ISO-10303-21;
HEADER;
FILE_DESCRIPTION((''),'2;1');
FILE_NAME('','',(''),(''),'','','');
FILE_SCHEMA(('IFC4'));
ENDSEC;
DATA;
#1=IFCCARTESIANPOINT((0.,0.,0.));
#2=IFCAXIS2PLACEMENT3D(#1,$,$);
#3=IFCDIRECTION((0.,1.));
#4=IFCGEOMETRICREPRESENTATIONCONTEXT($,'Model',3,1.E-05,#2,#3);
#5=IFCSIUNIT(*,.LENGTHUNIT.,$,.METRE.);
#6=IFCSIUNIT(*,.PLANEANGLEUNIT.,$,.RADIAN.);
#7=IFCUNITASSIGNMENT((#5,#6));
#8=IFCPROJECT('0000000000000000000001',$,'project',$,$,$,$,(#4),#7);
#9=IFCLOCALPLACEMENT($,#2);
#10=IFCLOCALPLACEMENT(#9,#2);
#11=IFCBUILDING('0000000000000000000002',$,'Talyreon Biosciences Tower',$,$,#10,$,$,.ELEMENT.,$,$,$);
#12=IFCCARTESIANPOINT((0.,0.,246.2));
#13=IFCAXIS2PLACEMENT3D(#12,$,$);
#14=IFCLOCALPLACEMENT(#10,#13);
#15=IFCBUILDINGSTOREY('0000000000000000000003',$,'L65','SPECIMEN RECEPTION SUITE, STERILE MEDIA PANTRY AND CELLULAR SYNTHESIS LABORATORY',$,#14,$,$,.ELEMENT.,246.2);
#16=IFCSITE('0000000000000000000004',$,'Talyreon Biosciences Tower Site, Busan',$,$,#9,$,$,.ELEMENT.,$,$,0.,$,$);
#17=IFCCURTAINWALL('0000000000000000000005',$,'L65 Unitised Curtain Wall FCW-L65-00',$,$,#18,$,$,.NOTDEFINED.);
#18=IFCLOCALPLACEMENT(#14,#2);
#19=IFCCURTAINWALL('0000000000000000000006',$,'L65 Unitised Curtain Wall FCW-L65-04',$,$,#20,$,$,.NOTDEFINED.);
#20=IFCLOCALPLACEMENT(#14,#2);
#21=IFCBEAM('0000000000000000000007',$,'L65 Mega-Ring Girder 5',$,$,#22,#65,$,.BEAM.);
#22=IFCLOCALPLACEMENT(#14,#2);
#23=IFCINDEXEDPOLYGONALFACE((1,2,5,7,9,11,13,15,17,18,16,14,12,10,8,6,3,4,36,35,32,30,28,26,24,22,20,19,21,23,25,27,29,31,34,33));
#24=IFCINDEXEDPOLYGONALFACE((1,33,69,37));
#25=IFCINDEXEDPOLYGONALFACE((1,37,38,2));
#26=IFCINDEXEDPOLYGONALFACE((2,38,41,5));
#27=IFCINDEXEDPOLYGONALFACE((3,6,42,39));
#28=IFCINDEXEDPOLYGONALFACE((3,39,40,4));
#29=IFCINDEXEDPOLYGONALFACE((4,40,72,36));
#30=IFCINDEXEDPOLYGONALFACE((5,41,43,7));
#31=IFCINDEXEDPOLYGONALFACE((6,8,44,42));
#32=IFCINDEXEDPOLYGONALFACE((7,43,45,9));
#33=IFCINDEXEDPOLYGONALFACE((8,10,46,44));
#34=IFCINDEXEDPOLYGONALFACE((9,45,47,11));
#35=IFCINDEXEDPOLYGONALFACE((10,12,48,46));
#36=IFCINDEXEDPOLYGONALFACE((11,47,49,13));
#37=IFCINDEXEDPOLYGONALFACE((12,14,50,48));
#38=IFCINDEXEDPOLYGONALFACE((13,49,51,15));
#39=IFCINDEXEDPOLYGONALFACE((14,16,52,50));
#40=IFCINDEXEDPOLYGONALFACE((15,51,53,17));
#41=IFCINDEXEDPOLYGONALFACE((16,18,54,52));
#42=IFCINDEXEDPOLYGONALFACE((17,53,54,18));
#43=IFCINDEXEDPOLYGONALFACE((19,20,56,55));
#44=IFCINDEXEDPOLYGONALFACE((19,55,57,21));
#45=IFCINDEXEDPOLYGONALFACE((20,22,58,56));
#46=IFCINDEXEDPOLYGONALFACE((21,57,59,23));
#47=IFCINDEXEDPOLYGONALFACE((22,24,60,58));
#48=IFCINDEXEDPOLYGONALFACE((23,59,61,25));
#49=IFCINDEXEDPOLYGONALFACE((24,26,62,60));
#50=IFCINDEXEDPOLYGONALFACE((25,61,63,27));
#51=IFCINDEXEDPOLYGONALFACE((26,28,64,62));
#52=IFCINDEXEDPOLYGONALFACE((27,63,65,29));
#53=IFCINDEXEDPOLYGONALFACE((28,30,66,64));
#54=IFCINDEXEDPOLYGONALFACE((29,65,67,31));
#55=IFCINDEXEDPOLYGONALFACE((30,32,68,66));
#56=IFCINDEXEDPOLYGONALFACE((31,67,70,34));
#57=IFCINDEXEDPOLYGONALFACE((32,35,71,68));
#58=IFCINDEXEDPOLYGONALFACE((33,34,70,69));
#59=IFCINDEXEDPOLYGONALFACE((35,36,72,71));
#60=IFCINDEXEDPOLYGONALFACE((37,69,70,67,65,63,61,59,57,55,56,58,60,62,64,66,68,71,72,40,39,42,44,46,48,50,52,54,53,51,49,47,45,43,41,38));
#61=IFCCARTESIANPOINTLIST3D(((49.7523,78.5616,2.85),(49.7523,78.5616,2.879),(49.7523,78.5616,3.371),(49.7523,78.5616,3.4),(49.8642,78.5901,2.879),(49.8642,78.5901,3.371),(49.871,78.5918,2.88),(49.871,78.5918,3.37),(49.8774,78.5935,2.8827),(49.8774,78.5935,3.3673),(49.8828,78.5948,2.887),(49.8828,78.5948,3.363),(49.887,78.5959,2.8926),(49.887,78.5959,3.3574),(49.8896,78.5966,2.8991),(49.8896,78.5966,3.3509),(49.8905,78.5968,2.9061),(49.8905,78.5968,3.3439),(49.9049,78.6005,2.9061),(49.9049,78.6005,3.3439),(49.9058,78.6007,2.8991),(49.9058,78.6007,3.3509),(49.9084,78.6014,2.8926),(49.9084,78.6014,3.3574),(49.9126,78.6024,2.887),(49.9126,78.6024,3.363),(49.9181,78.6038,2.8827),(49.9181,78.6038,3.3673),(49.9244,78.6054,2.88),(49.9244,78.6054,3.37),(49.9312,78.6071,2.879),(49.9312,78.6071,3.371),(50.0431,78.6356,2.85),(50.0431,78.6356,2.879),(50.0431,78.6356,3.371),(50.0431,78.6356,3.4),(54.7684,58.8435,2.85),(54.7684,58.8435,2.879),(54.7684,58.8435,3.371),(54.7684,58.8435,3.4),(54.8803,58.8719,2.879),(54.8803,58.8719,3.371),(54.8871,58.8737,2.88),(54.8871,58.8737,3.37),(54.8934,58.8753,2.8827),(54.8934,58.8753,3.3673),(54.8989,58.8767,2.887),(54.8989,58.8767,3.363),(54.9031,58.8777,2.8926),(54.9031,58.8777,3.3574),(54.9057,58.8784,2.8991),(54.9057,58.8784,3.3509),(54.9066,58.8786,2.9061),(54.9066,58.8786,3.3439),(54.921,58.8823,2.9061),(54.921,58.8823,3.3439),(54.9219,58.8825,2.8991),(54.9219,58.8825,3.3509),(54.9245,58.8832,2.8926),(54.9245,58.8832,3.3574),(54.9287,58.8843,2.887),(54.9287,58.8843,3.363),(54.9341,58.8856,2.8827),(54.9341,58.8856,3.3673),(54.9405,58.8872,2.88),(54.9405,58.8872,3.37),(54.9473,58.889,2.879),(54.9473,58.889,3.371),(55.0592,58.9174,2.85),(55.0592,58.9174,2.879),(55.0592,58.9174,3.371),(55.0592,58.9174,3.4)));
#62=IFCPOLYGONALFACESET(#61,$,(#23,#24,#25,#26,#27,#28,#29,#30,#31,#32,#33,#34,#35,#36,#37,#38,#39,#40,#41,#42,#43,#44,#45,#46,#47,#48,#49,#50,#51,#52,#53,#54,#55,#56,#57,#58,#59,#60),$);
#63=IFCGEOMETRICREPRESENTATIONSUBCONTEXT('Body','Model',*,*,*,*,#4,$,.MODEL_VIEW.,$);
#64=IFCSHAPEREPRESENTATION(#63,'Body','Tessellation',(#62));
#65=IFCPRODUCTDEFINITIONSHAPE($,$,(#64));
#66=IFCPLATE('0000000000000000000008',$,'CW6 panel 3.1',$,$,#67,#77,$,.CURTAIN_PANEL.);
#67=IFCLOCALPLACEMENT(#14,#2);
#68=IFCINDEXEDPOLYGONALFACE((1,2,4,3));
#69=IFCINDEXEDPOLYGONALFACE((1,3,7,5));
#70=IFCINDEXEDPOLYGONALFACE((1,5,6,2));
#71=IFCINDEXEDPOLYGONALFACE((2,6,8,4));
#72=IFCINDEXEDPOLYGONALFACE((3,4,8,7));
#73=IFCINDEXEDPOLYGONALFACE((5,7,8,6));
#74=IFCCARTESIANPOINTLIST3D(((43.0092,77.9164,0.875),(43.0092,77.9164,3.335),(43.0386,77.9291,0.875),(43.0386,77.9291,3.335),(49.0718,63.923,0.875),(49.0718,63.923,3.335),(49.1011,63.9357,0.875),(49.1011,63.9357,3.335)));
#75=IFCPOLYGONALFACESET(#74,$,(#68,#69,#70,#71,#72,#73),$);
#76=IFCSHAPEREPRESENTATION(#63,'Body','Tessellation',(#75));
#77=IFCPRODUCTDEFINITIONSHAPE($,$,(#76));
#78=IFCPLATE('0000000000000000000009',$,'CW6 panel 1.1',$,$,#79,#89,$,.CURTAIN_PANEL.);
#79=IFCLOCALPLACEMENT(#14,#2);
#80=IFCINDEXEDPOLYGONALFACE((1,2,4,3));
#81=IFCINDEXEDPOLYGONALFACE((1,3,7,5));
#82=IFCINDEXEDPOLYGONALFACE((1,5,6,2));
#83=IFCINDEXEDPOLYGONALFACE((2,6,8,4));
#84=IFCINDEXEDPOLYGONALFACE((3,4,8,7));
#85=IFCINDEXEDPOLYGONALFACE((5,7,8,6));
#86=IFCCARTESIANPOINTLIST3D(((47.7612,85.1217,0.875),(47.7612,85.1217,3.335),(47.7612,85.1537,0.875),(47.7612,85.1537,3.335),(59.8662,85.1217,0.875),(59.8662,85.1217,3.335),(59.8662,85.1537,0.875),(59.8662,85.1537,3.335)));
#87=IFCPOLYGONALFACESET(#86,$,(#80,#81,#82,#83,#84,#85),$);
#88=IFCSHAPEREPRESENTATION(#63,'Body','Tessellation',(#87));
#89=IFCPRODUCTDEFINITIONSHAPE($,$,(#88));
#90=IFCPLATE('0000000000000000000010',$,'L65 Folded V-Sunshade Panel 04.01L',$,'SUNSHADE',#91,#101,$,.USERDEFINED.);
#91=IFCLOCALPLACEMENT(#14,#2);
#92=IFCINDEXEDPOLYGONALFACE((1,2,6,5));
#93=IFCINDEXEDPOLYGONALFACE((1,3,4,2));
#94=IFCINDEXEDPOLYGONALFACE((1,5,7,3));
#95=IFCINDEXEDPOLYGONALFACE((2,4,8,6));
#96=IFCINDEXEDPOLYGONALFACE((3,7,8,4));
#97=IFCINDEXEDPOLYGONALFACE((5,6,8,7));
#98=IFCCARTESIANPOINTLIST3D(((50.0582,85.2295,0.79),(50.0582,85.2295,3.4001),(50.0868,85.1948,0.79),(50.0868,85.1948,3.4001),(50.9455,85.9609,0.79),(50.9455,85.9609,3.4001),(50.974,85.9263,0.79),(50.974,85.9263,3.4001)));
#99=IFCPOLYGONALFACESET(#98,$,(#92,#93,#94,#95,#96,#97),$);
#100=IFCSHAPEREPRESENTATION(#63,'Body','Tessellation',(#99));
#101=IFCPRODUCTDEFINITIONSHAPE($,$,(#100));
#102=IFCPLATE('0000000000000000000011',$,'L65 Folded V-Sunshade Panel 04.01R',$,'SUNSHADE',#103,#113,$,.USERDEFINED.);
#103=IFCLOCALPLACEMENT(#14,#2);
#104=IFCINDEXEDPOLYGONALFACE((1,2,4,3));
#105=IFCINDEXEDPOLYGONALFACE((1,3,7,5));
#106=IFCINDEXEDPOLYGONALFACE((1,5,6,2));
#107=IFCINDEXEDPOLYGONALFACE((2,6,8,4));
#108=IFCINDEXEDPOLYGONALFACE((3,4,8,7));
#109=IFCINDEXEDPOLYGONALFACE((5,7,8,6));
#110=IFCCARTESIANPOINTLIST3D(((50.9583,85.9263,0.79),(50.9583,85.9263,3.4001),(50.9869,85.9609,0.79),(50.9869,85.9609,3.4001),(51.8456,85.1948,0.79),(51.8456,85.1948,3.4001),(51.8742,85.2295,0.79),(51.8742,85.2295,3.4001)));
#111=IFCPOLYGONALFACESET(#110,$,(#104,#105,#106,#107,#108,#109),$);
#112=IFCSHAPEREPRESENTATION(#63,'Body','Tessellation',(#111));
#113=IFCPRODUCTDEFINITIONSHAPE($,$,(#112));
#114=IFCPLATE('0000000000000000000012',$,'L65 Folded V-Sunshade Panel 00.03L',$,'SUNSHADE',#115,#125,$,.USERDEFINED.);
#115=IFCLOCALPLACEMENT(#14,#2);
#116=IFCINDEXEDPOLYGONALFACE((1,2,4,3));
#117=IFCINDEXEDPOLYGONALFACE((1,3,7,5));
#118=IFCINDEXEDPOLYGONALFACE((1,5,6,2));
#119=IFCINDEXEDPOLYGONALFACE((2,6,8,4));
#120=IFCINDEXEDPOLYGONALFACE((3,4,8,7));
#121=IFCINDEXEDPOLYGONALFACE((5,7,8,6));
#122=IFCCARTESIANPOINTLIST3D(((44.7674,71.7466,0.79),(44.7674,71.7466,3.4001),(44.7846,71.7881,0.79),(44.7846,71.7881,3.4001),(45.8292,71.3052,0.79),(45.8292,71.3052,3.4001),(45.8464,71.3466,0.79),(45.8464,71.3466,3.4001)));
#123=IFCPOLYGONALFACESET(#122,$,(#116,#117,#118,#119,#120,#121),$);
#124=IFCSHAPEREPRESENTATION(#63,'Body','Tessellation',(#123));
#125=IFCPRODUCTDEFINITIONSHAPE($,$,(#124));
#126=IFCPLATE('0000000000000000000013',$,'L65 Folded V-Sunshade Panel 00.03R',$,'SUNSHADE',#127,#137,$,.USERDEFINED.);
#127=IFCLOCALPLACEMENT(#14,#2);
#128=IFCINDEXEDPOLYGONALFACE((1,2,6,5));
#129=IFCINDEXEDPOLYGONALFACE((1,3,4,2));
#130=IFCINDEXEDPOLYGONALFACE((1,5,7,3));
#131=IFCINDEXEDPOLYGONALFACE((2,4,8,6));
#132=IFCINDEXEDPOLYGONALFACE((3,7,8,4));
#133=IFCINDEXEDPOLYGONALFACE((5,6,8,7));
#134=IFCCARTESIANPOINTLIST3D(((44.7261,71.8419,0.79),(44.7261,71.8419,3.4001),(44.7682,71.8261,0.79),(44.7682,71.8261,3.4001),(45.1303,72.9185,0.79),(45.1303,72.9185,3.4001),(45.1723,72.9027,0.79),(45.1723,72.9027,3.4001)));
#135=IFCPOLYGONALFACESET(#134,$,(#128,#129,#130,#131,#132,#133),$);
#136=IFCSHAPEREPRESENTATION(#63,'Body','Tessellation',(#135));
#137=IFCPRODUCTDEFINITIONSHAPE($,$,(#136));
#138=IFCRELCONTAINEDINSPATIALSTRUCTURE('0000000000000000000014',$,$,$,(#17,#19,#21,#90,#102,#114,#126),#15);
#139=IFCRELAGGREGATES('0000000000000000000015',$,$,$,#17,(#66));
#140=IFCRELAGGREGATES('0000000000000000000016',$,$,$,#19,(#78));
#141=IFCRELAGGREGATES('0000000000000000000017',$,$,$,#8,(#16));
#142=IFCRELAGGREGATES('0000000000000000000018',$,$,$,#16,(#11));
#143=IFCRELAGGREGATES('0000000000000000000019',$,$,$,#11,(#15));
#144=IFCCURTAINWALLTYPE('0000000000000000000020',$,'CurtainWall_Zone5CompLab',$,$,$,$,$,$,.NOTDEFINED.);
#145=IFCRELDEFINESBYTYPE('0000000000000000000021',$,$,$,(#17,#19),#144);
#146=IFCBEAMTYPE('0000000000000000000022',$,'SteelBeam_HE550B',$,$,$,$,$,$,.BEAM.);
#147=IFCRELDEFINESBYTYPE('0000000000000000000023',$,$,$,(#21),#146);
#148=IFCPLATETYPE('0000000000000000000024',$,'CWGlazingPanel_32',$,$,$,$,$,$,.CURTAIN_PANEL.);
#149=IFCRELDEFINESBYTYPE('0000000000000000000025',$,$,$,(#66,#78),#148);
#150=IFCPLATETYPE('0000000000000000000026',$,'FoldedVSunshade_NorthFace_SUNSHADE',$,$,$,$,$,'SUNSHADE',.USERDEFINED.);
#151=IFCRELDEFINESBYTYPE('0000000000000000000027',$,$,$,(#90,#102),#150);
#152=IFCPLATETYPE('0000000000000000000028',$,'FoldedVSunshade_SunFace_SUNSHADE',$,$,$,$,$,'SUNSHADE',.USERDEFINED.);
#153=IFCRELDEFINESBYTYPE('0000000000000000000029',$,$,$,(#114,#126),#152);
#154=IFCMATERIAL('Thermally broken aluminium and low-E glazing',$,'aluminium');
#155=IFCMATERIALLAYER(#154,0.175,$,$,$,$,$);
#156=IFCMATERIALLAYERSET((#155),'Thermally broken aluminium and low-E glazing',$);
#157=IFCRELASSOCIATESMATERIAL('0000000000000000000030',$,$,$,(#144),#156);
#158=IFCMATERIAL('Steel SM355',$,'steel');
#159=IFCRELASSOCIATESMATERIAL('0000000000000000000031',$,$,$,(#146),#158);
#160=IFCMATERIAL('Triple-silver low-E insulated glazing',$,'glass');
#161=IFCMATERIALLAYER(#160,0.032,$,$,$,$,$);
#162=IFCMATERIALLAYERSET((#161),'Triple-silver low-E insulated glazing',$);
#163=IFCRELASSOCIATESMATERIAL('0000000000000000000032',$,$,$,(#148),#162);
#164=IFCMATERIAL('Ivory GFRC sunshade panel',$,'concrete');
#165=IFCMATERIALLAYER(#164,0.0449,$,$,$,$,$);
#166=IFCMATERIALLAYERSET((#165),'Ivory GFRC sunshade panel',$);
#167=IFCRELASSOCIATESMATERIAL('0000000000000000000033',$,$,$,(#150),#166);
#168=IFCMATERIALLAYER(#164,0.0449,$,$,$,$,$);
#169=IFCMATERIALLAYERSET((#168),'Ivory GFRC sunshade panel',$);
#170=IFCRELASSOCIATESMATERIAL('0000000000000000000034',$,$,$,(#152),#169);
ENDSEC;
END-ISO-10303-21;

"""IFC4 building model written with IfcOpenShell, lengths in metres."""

from ifc_helpers import new_model, si_unit, direction, frame, origin, origin_2d, place, context, subcontext, project, spatial, rectangle, i_section, extrude, material, layer, layer_set, material_profile, profile_set, type_object, element, aggregate, save


model = new_model("IFC4")

# Units and contexts
model_context = context("Model", 3, precision=1e-05, world=origin(), true_north=direction((0.0, 1.0)))
body_context = subcontext(model_context, "Body", "Model", "MODEL_VIEW")
ifc_project = project(units=[si_unit("LENGTHUNIT", "METRE"), si_unit("PLANEANGLEUNIT", "RADIAN")], contexts=[model_context])

# Site, building, storey
site_placement = place(None, origin())
site = spatial("IfcSite", under=ifc_project, at=site_placement, Name="Talyreon Biosciences Tower Site, Busan", CompositionType="ELEMENT", RefElevation=0.0)
building_placement = place(site_placement, origin())
building = spatial("IfcBuilding", under=site, at=building_placement, Name="Talyreon Biosciences Tower", CompositionType="ELEMENT")
storey_placement = place(building_placement, frame((0.0, 0.0, 246.2)))
storey = spatial("IfcBuildingStorey", under=building, at=storey_placement, Name="L65", Description="SPECIMEN RECEPTION SUITE, STERILE MEDIA PANTRY AND CELLULAR SYNTHESIS LABORATORY", CompositionType="ELEMENT", Elevation=246.2)

# Curtain walls
ifc_material_1 = material(Name="Thermally broken aluminium and low-E glazing", Category="aluminium")
ifc_layer_1 = layer(ifc_material_1, 0.175)
ifc_layer_set_1 = layer_set([ifc_layer_1], Name="Thermally broken aluminium and low-E glazing")
curtain_wall_type = type_object("IfcCurtainWallType", Name="CurtainWall_Zone5CompLab", PredefinedType="NOTDEFINED", material=ifc_layer_set_1)
curtain_wall_1_placement = place(storey_placement, origin())
curtain_wall_1 = element("IfcCurtainWall", 1, at=curtain_wall_1_placement, inside=storey, type_object=curtain_wall_type, Name="L65 Unitised Curtain Wall FCW-L65-00", PredefinedType="NOTDEFINED")
curtain_wall_2_placement = place(storey_placement, origin())
curtain_wall_2 = element("IfcCurtainWall", 2, at=curtain_wall_2_placement, inside=storey, type_object=curtain_wall_type, Name="L65 Unitised Curtain Wall FCW-L65-04", PredefinedType="NOTDEFINED")

# Beam
ifc_material_2 = material(Name="Steel SM355", Category="steel")
ifc_material_profile_1 = material_profile(ifc_material_2, i_section(OverallWidth=0.3, OverallDepth=0.55, WebThickness=0.0149, FlangeThickness=0.0291, FilletRadius=0.0271, at=origin_2d()), Name="HE550B")
ifc_profile_set_1 = profile_set([ifc_material_profile_1], Name="Steel SM355")
beam_type_1 = type_object("IfcBeamType", Name="SteelBeam_HE550B", PredefinedType="BEAM", material=ifc_profile_set_1)
beam_1_placement = place(storey_placement, frame((49.8977, 78.5986, 3.125), z_axis=(0.246537, -0.969133, 0.0), x_axis=(0.969133, 0.246537, 0.0)))
element("IfcBeam", 3, at=beam_1_placement, inside=storey, type_object=beam_type_1, Name="L65 Mega-Ring Girder 5", PredefinedType="BEAM", context=body_context, shape_type="SweptSolid", body=[
    extrude(i_section(OverallWidth=0.3, OverallDepth=0.55, WebThickness=0.0149, FlangeThickness=0.0291, FilletRadius=0.0271, at=origin_2d()), origin(), (0.0, 0.0, 1.0), 20.3462),
])

# Plates
ifc_material_3 = material(Name="Triple-silver low-E insulated glazing", Category="glass")
ifc_layer_2 = layer(ifc_material_3, 0.032)
ifc_layer_set_2 = layer_set([ifc_layer_2], Name="Triple-silver low-E insulated glazing")
plate_type_1 = type_object("IfcPlateType", Name="CWGlazingPanel_32", PredefinedType="CURTAIN_PANEL", material=ifc_layer_set_2)
plate_1_placement = place(storey_placement, frame((46.0552, 70.926, 0.875), z_axis=(0.0, 0.0, 1.0), x_axis=(-0.397537, 0.917586, 0.0)))
plate_1 = element("IfcPlate", 4, at=plate_1_placement, type_object=plate_type_1, Name="CW6 panel 3.1", PredefinedType="CURTAIN_PANEL", context=body_context, shape_type="SweptSolid", body=[
    extrude(rectangle(XDim=15.2502, YDim=0.032, at=origin_2d()), origin(), (0.0, 0.0, 1.0), 2.46),
])
aggregate(curtain_wall_1, [plate_1])
plate_2_placement = place(storey_placement, frame((53.8137, 85.1377, 0.875), z_axis=(0.0, 0.0, 1.0), x_axis=(1.0, 0.0, 0.0)))
plate_2 = element("IfcPlate", 5, at=plate_2_placement, type_object=plate_type_1, Name="CW6 panel 1.1", PredefinedType="CURTAIN_PANEL", context=body_context, shape_type="SweptSolid", body=[
    extrude(rectangle(XDim=12.105, YDim=0.032, at=origin_2d()), origin(), (0.0, 0.0, 1.0), 2.46),
])
aggregate(curtain_wall_2, [plate_2])

# Plates
ifc_material_4 = material(Name="Ivory GFRC sunshade panel", Category="concrete")
ifc_layer_3 = layer(ifc_material_4, 0.0449)
ifc_layer_set_3 = layer_set([ifc_layer_3], Name="Ivory GFRC sunshade panel")
plate_type_2 = type_object("IfcPlateType", Name="FoldedVSunshade_NorthFace_SUNSHADE", ElementType="SUNSHADE", PredefinedType="USERDEFINED", material=ifc_layer_set_3)
for number, where, z_axis, x_axis, name in (
    (6, (50.5161, 85.5779, 0.79), (0.0, 0.0, 1.0), (0.771625, 0.636078, 0.0), "L65 Folded V-Sunshade Panel 04.01L"),
    (7, (51.4163, 85.5779, 0.79), (0.0, 0.0, 1.0), (0.771625, -0.636078, 0.0), "L65 Folded V-Sunshade Panel 04.01R"),
):
    element("IfcPlate", number, at=place(storey_placement, frame(where, z_axis=z_axis, x_axis=x_axis)), inside=storey, type_object=plate_type_2, Name=name, ObjectType="SUNSHADE", PredefinedType="USERDEFINED", context=body_context, shape_type="SweptSolid", body=[
        extrude(rectangle(XDim=1.1499, YDim=0.0449, at=origin_2d()), origin(), (0.0, 0.0, 1.0), 2.6101),
    ])
ifc_layer_4 = layer(ifc_material_4, 0.0449)
ifc_layer_set_4 = layer_set([ifc_layer_4], Name="Ivory GFRC sunshade panel")
plate_type_3 = type_object("IfcPlateType", Name="FoldedVSunshade_SunFace_SUNSHADE", ElementType="SUNSHADE", PredefinedType="USERDEFINED", material=ifc_layer_set_4)
for number, where, z_axis, x_axis, name in (
    (8, (45.3069, 71.5466, 0.79), (0.0, 0.0, 1.0), (-0.923371, 0.383909, 0.0), "L65 Folded V-Sunshade Panel 00.03L"),
    (9, (44.9492, 72.3723, 0.79), (0.0, 0.0, 1.0), (0.35145, 0.936207, 0.0), "L65 Folded V-Sunshade Panel 00.03R"),
):
    element("IfcPlate", number, at=place(storey_placement, frame(where, z_axis=z_axis, x_axis=x_axis)), inside=storey, type_object=plate_type_3, Name=name, ObjectType="SUNSHADE", PredefinedType="USERDEFINED", context=body_context, shape_type="SweptSolid", body=[
        extrude(rectangle(XDim=1.1499, YDim=0.0449, at=origin_2d()), origin(), (0.0, 0.0, 1.0), 2.6101),
    ])

save(model, "model.ifc")
